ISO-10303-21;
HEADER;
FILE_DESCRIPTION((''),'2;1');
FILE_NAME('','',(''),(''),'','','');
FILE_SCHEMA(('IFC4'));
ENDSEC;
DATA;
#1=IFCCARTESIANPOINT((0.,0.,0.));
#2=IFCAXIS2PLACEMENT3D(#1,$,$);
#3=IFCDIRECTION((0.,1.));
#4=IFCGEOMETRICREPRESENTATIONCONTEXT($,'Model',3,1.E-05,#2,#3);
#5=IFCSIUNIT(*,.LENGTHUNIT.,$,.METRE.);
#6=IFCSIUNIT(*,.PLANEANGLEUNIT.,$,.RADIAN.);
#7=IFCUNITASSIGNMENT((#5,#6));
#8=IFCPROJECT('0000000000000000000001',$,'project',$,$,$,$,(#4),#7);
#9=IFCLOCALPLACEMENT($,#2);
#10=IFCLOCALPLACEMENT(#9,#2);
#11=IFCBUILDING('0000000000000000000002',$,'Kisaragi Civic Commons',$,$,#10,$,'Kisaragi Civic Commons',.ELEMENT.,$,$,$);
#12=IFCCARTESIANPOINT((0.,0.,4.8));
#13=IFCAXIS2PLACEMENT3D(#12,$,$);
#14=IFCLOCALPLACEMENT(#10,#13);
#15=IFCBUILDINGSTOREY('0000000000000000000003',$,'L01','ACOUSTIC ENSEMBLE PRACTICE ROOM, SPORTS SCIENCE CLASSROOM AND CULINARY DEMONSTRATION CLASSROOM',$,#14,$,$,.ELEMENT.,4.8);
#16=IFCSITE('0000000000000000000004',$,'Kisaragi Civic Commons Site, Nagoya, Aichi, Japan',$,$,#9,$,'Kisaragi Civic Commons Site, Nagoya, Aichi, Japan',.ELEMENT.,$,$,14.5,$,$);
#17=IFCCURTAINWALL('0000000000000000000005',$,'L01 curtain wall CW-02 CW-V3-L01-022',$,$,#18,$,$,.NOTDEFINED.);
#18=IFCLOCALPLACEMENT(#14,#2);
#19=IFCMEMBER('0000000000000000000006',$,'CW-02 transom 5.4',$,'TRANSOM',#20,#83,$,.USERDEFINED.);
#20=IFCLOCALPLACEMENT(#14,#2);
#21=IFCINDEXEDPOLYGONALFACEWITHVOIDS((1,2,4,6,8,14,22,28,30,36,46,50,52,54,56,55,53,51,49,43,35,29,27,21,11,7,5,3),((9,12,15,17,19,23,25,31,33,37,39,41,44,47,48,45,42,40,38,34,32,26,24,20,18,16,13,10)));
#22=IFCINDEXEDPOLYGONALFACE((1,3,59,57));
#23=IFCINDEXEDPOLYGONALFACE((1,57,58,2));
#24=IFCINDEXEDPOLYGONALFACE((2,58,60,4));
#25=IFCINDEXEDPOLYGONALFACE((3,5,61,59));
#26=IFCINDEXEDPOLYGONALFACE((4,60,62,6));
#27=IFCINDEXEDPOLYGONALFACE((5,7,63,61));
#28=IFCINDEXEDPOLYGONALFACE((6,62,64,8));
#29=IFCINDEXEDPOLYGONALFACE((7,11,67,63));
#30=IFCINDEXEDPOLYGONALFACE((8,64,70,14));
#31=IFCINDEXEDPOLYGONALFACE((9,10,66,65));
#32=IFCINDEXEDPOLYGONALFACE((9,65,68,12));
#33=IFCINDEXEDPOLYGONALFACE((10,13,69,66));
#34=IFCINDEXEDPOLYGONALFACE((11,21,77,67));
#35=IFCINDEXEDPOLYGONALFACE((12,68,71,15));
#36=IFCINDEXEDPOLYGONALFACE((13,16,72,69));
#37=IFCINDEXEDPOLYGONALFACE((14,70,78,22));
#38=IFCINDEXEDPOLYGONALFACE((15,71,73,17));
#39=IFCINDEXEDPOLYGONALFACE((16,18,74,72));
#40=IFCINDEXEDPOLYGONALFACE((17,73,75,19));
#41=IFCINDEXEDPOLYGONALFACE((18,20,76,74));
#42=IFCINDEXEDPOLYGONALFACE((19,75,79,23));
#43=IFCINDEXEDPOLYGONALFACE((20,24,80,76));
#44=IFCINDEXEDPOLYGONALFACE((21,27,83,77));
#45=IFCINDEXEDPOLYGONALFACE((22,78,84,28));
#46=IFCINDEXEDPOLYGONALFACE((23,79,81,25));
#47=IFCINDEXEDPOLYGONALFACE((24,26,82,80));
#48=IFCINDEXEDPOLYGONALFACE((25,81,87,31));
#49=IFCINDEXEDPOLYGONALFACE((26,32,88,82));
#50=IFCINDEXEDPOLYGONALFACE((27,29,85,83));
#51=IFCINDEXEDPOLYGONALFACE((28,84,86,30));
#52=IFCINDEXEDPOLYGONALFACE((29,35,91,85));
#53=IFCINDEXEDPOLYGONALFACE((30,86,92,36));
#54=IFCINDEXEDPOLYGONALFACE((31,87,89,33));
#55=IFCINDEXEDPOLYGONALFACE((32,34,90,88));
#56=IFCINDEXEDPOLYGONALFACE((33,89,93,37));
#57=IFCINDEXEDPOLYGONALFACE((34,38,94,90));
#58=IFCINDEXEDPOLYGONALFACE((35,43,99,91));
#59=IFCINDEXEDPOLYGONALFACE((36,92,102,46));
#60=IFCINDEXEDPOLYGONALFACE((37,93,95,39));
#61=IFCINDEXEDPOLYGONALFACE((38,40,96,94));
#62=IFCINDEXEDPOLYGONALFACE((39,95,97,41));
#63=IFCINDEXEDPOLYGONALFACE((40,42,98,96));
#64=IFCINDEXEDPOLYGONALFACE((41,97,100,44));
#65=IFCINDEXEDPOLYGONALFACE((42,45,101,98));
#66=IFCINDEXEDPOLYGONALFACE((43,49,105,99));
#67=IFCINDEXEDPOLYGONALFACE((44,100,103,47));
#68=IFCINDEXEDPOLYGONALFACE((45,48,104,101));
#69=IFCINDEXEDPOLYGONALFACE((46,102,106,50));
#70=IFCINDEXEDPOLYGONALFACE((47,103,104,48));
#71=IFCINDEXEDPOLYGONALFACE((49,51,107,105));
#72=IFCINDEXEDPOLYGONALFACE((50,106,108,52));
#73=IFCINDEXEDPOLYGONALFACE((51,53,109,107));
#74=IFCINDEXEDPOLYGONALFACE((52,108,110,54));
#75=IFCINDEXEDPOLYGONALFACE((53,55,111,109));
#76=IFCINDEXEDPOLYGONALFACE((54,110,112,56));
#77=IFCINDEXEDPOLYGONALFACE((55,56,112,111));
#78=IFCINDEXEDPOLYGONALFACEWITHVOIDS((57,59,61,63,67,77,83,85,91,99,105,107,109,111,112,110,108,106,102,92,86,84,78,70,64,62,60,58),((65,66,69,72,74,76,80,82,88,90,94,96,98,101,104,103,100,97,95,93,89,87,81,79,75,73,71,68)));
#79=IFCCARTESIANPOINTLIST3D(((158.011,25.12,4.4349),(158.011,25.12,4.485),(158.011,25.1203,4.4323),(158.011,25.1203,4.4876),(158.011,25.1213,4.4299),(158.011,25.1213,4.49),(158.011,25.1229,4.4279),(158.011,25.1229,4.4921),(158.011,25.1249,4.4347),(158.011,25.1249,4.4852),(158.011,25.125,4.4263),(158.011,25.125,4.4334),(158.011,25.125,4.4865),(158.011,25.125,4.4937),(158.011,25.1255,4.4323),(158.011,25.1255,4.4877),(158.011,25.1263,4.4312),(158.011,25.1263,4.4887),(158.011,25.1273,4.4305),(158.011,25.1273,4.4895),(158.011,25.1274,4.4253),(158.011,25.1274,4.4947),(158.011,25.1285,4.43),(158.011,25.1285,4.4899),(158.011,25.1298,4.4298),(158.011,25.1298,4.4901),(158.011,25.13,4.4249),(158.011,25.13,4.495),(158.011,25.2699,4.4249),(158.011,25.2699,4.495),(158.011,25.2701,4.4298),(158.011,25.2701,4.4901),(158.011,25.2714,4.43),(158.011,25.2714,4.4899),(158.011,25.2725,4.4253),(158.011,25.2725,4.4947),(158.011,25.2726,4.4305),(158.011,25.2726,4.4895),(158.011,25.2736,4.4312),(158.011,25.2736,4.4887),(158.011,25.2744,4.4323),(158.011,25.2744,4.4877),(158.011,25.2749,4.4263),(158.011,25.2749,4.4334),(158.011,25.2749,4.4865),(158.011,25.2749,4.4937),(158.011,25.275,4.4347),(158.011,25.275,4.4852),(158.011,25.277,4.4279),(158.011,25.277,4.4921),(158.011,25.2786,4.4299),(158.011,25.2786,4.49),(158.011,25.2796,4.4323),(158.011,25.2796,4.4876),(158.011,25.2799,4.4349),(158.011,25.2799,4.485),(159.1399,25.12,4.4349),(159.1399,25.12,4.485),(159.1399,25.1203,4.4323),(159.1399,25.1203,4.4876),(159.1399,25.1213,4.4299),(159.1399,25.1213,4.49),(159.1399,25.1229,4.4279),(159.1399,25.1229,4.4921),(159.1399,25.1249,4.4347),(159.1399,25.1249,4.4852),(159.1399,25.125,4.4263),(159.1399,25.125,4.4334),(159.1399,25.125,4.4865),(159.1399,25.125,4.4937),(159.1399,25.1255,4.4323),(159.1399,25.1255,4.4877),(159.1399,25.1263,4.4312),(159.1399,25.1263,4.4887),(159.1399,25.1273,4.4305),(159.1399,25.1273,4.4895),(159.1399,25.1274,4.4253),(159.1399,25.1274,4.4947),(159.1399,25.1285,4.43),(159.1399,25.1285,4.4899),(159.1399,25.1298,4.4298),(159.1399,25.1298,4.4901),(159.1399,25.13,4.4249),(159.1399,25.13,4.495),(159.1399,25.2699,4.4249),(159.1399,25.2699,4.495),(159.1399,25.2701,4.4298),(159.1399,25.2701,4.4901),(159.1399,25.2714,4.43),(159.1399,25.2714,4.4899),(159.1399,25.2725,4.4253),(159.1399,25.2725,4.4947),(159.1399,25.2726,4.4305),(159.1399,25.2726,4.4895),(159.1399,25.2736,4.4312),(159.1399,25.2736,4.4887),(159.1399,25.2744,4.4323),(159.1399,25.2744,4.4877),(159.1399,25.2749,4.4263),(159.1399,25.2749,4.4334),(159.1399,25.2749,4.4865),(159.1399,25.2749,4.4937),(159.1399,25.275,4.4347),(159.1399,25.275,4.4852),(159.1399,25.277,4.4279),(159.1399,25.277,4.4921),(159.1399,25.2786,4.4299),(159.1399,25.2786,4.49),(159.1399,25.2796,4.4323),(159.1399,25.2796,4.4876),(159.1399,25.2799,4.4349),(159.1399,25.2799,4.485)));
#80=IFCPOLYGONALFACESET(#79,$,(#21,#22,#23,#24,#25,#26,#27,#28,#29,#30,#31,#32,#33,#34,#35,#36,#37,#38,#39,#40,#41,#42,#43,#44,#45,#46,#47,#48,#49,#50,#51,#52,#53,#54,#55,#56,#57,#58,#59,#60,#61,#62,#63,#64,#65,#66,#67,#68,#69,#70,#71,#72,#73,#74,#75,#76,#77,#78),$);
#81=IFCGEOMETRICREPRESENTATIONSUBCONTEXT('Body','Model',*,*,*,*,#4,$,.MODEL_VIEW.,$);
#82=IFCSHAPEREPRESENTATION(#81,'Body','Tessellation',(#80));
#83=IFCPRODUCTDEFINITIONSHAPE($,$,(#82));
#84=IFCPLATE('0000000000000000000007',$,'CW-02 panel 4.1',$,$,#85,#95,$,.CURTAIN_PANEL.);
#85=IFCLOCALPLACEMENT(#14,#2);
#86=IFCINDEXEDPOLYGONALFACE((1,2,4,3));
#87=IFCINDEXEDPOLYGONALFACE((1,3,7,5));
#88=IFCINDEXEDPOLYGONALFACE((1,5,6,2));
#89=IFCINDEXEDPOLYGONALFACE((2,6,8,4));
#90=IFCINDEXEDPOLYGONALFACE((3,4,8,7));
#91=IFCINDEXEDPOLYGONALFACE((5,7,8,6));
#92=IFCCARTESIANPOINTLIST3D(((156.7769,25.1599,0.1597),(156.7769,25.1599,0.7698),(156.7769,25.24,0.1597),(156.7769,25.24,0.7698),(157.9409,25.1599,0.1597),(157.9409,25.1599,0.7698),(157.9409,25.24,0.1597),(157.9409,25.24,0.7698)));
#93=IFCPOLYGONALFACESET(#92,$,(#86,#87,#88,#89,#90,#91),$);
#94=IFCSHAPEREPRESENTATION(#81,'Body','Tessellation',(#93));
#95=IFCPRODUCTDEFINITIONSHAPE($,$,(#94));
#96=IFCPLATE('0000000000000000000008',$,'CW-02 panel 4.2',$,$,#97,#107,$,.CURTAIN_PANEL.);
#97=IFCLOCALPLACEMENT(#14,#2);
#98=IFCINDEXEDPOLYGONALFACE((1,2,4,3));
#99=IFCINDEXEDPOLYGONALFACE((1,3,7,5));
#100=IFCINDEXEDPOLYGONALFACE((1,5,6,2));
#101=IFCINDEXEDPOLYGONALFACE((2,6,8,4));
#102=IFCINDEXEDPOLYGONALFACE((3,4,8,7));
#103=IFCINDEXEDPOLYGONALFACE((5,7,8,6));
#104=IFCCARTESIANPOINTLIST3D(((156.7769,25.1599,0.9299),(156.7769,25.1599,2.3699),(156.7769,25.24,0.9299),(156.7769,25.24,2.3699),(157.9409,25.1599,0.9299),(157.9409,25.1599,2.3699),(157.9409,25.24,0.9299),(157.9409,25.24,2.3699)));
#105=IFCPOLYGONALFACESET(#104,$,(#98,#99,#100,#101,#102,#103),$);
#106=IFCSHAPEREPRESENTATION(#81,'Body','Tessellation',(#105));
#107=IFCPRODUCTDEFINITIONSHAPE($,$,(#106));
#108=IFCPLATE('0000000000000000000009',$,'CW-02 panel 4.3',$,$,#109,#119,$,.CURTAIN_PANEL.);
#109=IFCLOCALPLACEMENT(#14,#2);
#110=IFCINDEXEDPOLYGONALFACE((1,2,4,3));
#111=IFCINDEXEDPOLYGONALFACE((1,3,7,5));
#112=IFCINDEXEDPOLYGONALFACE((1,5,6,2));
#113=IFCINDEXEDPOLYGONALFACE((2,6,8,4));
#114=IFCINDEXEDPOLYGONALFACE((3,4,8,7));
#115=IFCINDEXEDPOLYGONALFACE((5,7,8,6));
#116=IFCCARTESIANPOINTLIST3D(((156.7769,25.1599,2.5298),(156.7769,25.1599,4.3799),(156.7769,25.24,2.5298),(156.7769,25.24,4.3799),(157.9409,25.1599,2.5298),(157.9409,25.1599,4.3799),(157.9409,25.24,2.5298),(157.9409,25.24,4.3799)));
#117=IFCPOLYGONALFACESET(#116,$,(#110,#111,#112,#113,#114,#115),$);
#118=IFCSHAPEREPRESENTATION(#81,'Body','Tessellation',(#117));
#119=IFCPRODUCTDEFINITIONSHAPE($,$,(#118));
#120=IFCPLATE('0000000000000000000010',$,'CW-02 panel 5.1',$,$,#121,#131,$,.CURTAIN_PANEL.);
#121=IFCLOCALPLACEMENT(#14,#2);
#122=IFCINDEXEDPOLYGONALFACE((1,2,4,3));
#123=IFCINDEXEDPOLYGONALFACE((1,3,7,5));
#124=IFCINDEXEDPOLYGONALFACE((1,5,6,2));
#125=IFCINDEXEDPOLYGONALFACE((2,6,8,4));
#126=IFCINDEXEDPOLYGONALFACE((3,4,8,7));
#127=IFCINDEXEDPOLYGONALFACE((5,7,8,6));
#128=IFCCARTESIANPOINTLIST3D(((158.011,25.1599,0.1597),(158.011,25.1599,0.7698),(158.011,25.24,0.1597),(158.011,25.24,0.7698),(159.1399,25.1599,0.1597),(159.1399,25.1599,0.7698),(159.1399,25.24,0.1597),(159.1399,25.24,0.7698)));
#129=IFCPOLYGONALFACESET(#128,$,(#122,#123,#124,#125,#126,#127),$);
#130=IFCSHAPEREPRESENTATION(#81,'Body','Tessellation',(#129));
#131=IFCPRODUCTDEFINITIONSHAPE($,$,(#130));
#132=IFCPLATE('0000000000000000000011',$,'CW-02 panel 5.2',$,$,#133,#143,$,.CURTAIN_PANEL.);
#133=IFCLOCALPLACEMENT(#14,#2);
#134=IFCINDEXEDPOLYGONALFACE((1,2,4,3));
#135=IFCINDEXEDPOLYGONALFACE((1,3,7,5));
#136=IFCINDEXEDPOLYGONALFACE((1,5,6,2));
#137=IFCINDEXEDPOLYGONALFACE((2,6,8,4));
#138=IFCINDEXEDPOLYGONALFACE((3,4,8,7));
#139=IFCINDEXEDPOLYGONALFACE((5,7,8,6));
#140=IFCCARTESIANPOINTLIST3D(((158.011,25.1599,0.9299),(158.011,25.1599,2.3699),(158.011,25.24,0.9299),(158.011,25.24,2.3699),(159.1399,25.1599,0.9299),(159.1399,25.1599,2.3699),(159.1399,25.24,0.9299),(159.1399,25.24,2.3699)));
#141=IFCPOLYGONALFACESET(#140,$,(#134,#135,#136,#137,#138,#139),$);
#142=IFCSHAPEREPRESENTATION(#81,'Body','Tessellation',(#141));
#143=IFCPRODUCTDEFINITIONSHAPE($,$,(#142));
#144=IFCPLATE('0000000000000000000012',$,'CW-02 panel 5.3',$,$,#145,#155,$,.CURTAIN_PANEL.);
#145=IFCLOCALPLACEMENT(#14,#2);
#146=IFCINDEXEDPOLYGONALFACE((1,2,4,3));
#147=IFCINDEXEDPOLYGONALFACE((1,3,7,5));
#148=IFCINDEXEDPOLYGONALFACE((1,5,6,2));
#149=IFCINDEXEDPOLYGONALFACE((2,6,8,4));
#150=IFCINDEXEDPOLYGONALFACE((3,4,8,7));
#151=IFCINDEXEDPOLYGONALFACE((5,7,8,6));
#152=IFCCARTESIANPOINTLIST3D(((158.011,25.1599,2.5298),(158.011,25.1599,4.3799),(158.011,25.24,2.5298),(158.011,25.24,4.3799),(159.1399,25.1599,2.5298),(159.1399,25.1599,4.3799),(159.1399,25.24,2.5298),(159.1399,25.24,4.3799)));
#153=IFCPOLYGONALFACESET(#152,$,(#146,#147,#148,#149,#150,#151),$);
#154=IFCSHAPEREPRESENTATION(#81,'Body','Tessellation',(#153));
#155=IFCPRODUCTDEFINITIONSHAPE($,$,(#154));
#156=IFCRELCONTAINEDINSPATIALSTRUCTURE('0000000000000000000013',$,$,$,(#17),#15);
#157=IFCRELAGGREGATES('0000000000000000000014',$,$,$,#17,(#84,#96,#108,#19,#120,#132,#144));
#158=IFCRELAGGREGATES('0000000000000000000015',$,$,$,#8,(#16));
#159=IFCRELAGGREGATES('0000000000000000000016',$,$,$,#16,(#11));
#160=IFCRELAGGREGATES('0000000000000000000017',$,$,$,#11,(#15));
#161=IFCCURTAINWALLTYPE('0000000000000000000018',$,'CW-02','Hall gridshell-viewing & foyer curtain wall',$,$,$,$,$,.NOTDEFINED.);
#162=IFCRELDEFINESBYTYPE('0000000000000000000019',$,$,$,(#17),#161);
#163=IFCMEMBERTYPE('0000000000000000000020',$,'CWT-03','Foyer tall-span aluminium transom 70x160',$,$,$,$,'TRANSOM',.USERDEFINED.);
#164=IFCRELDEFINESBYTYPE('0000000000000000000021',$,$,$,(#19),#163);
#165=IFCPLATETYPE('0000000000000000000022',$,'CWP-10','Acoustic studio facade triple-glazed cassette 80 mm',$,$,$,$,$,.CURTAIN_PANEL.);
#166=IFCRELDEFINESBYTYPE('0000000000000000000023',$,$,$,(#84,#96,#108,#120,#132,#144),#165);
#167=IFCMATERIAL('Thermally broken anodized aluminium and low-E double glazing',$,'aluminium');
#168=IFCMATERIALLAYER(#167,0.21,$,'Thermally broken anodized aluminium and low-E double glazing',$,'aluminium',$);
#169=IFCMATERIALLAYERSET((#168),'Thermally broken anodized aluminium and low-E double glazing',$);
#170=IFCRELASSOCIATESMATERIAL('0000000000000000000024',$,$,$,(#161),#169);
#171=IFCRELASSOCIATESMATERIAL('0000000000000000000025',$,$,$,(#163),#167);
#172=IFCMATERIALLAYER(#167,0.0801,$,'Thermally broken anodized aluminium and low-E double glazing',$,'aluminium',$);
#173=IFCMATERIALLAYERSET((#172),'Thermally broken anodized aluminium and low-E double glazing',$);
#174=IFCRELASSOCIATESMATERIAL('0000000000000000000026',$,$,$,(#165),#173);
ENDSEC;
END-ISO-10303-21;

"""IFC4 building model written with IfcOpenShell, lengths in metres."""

from ifc_helpers import new_model, si_unit, direction, frame, origin, origin_2d, place, context, subcontext, project, spatial, rectangle, hollow_rectangle, extrude, material, layer, layer_set, material_profile, profile_set, type_object, element, aggregate, save


model = new_model("IFC4")

# Units and contexts
model_context = context("Model", 3, precision=1e-05, world=origin(), true_north=direction((0.0, 1.0)))
body_context = subcontext(model_context, "Body", "Model", "MODEL_VIEW")
ifc_project = project(units=[si_unit("LENGTHUNIT", "METRE"), si_unit("PLANEANGLEUNIT", "RADIAN")], contexts=[model_context])

# Site, building, storey
site_placement = place(None, origin())
site = spatial("IfcSite", under=ifc_project, at=site_placement, Name="Kisaragi Civic Commons Site, Nagoya, Aichi, Japan", LongName="Kisaragi Civic Commons Site, Nagoya, Aichi, Japan", CompositionType="ELEMENT", RefElevation=14.5)
building_placement = place(site_placement, origin())
building = spatial("IfcBuilding", under=site, at=building_placement, Name="Kisaragi Civic Commons", LongName="Kisaragi Civic Commons", CompositionType="ELEMENT")
storey_placement = place(building_placement, frame((0.0, 0.0, 4.8)))
storey = spatial("IfcBuildingStorey", under=building, at=storey_placement, Name="L01", Description="ACOUSTIC ENSEMBLE PRACTICE ROOM, SPORTS SCIENCE CLASSROOM AND CULINARY DEMONSTRATION CLASSROOM", CompositionType="ELEMENT", Elevation=4.8)

# Curtain wall, member, plates
ifc_material_1 = material(Name="Thermally broken anodized aluminium and low-E double glazing", Category="aluminium")
ifc_layer_1 = layer(ifc_material_1, 0.21, Name="Thermally broken anodized aluminium and low-E double glazing", Category="aluminium")
ifc_layer_set_1 = layer_set([ifc_layer_1], Name="Thermally broken anodized aluminium and low-E double glazing")
curtain_wall_type = type_object("IfcCurtainWallType", Name="CW-02", Description="Hall gridshell-viewing & foyer curtain wall", PredefinedType="NOTDEFINED", material=ifc_layer_set_1)
curtain_wall_placement = place(storey_placement, origin())
curtain_wall = element("IfcCurtainWall", 1, at=curtain_wall_placement, inside=storey, type_object=curtain_wall_type, Name="L01 curtain wall CW-02 CW-V3-L01-022", PredefinedType="NOTDEFINED")
ifc_material_profile_1 = material_profile(ifc_material_1, hollow_rectangle(XDim=0.1599, YDim=0.0701, WallThickness=0.0049, InnerFilletRadius=0.0049, OuterFilletRadius=0.01, at=origin_2d()), Name="CWT-70x160x5", Category="aluminium")
ifc_profile_set_1 = profile_set([ifc_material_profile_1], Name="Thermally broken anodized aluminium and low-E double glazing")
member_type_1 = type_object("IfcMemberType", Name="CWT-03", Description="Foyer tall-span aluminium transom 70x160", ElementType="TRANSOM", PredefinedType="USERDEFINED", material=ifc_profile_set_1)
member_1_placement = place(storey_placement, frame((158.011, 25.2, 4.46), z_axis=(1.0, 0.0, 0.0), x_axis=(0.0, 1.0, 0.0)))
member_1 = element("IfcMember", 2, at=member_1_placement, type_object=member_type_1, Name="CW-02 transom 5.4", ObjectType="TRANSOM", PredefinedType="USERDEFINED", context=body_context, shape_type="SweptSolid", body=[
    extrude(hollow_rectangle(XDim=0.1599, YDim=0.0701, WallThickness=0.0049, InnerFilletRadius=0.0049, OuterFilletRadius=0.01, at=origin_2d()), origin(), (0.0, 0.0, 1.0), 1.1289),
])
ifc_layer_2 = layer(ifc_material_1, 0.0801, Name="Thermally broken anodized aluminium and low-E double glazing", Category="aluminium")
ifc_layer_set_2 = layer_set([ifc_layer_2], Name="Thermally broken anodized aluminium and low-E double glazing")
plate_type = type_object("IfcPlateType", Name="CWP-10", Description="Acoustic studio facade triple-glazed cassette 80 mm", PredefinedType="CURTAIN_PANEL", material=ifc_layer_set_2)
plate_1_placement = place(storey_placement, frame((157.3589, 25.2, 0.1597), z_axis=(0.0, 0.0, 1.0), x_axis=(1.0, 0.0, 0.0)))
plate_1 = element("IfcPlate", 3, at=plate_1_placement, type_object=plate_type, Name="CW-02 panel 4.1", PredefinedType="CURTAIN_PANEL", context=body_context, shape_type="SweptSolid", body=[
    extrude(rectangle(XDim=1.1641, YDim=0.0801, at=origin_2d()), origin(), (0.0, 0.0, 1.0), 0.6101),
])
plate_2_placement = place(storey_placement, frame((157.3589, 25.2, 0.9299), z_axis=(0.0, 0.0, 1.0), x_axis=(1.0, 0.0, 0.0)))
plate_2 = element("IfcPlate", 4, at=plate_2_placement, type_object=plate_type, Name="CW-02 panel 4.2", PredefinedType="CURTAIN_PANEL", context=body_context, shape_type="SweptSolid", body=[
    extrude(rectangle(XDim=1.1641, YDim=0.0801, at=origin_2d()), origin(), (0.0, 0.0, 1.0), 1.4399),
])
plate_3_placement = place(storey_placement, frame((157.3589, 25.2, 2.5298), z_axis=(0.0, 0.0, 1.0), x_axis=(1.0, 0.0, 0.0)))
plate_3 = element("IfcPlate", 5, at=plate_3_placement, type_object=plate_type, Name="CW-02 panel 4.3", PredefinedType="CURTAIN_PANEL", context=body_context, shape_type="SweptSolid", body=[
    extrude(rectangle(XDim=1.1641, YDim=0.0801, at=origin_2d()), origin(), (0.0, 0.0, 1.0), 1.8501),
])
plate_4_placement = place(storey_placement, frame((158.5754, 25.2, 0.1597), z_axis=(0.0, 0.0, 1.0), x_axis=(1.0, 0.0, 0.0)))
plate_4 = element("IfcPlate", 6, at=plate_4_placement, type_object=plate_type, Name="CW-02 panel 5.1", PredefinedType="CURTAIN_PANEL", context=body_context, shape_type="SweptSolid", body=[
    extrude(rectangle(XDim=1.1289, YDim=0.0801, at=origin_2d()), origin(), (0.0, 0.0, 1.0), 0.6101),
])
plate_5_placement = place(storey_placement, frame((158.5754, 25.2, 0.9299), z_axis=(0.0, 0.0, 1.0), x_axis=(1.0, 0.0, 0.0)))
plate_5 = element("IfcPlate", 7, at=plate_5_placement, type_object=plate_type, Name="CW-02 panel 5.2", PredefinedType="CURTAIN_PANEL", context=body_context, shape_type="SweptSolid", body=[
    extrude(rectangle(XDim=1.1289, YDim=0.0801, at=origin_2d()), origin(), (0.0, 0.0, 1.0), 1.4399),
])
plate_6_placement = place(storey_placement, frame((158.5754, 25.2, 2.5298), z_axis=(0.0, 0.0, 1.0), x_axis=(1.0, 0.0, 0.0)))
plate_6 = element("IfcPlate", 8, at=plate_6_placement, type_object=plate_type, Name="CW-02 panel 5.3", PredefinedType="CURTAIN_PANEL", context=body_context, shape_type="SweptSolid", body=[
    extrude(rectangle(XDim=1.1289, YDim=0.0801, at=origin_2d()), origin(), (0.0, 0.0, 1.0), 1.8501),
])
aggregate(curtain_wall, [plate_1, plate_2, plate_3, member_1, plate_4, plate_5, plate_6])

save(model, "model.ifc")
